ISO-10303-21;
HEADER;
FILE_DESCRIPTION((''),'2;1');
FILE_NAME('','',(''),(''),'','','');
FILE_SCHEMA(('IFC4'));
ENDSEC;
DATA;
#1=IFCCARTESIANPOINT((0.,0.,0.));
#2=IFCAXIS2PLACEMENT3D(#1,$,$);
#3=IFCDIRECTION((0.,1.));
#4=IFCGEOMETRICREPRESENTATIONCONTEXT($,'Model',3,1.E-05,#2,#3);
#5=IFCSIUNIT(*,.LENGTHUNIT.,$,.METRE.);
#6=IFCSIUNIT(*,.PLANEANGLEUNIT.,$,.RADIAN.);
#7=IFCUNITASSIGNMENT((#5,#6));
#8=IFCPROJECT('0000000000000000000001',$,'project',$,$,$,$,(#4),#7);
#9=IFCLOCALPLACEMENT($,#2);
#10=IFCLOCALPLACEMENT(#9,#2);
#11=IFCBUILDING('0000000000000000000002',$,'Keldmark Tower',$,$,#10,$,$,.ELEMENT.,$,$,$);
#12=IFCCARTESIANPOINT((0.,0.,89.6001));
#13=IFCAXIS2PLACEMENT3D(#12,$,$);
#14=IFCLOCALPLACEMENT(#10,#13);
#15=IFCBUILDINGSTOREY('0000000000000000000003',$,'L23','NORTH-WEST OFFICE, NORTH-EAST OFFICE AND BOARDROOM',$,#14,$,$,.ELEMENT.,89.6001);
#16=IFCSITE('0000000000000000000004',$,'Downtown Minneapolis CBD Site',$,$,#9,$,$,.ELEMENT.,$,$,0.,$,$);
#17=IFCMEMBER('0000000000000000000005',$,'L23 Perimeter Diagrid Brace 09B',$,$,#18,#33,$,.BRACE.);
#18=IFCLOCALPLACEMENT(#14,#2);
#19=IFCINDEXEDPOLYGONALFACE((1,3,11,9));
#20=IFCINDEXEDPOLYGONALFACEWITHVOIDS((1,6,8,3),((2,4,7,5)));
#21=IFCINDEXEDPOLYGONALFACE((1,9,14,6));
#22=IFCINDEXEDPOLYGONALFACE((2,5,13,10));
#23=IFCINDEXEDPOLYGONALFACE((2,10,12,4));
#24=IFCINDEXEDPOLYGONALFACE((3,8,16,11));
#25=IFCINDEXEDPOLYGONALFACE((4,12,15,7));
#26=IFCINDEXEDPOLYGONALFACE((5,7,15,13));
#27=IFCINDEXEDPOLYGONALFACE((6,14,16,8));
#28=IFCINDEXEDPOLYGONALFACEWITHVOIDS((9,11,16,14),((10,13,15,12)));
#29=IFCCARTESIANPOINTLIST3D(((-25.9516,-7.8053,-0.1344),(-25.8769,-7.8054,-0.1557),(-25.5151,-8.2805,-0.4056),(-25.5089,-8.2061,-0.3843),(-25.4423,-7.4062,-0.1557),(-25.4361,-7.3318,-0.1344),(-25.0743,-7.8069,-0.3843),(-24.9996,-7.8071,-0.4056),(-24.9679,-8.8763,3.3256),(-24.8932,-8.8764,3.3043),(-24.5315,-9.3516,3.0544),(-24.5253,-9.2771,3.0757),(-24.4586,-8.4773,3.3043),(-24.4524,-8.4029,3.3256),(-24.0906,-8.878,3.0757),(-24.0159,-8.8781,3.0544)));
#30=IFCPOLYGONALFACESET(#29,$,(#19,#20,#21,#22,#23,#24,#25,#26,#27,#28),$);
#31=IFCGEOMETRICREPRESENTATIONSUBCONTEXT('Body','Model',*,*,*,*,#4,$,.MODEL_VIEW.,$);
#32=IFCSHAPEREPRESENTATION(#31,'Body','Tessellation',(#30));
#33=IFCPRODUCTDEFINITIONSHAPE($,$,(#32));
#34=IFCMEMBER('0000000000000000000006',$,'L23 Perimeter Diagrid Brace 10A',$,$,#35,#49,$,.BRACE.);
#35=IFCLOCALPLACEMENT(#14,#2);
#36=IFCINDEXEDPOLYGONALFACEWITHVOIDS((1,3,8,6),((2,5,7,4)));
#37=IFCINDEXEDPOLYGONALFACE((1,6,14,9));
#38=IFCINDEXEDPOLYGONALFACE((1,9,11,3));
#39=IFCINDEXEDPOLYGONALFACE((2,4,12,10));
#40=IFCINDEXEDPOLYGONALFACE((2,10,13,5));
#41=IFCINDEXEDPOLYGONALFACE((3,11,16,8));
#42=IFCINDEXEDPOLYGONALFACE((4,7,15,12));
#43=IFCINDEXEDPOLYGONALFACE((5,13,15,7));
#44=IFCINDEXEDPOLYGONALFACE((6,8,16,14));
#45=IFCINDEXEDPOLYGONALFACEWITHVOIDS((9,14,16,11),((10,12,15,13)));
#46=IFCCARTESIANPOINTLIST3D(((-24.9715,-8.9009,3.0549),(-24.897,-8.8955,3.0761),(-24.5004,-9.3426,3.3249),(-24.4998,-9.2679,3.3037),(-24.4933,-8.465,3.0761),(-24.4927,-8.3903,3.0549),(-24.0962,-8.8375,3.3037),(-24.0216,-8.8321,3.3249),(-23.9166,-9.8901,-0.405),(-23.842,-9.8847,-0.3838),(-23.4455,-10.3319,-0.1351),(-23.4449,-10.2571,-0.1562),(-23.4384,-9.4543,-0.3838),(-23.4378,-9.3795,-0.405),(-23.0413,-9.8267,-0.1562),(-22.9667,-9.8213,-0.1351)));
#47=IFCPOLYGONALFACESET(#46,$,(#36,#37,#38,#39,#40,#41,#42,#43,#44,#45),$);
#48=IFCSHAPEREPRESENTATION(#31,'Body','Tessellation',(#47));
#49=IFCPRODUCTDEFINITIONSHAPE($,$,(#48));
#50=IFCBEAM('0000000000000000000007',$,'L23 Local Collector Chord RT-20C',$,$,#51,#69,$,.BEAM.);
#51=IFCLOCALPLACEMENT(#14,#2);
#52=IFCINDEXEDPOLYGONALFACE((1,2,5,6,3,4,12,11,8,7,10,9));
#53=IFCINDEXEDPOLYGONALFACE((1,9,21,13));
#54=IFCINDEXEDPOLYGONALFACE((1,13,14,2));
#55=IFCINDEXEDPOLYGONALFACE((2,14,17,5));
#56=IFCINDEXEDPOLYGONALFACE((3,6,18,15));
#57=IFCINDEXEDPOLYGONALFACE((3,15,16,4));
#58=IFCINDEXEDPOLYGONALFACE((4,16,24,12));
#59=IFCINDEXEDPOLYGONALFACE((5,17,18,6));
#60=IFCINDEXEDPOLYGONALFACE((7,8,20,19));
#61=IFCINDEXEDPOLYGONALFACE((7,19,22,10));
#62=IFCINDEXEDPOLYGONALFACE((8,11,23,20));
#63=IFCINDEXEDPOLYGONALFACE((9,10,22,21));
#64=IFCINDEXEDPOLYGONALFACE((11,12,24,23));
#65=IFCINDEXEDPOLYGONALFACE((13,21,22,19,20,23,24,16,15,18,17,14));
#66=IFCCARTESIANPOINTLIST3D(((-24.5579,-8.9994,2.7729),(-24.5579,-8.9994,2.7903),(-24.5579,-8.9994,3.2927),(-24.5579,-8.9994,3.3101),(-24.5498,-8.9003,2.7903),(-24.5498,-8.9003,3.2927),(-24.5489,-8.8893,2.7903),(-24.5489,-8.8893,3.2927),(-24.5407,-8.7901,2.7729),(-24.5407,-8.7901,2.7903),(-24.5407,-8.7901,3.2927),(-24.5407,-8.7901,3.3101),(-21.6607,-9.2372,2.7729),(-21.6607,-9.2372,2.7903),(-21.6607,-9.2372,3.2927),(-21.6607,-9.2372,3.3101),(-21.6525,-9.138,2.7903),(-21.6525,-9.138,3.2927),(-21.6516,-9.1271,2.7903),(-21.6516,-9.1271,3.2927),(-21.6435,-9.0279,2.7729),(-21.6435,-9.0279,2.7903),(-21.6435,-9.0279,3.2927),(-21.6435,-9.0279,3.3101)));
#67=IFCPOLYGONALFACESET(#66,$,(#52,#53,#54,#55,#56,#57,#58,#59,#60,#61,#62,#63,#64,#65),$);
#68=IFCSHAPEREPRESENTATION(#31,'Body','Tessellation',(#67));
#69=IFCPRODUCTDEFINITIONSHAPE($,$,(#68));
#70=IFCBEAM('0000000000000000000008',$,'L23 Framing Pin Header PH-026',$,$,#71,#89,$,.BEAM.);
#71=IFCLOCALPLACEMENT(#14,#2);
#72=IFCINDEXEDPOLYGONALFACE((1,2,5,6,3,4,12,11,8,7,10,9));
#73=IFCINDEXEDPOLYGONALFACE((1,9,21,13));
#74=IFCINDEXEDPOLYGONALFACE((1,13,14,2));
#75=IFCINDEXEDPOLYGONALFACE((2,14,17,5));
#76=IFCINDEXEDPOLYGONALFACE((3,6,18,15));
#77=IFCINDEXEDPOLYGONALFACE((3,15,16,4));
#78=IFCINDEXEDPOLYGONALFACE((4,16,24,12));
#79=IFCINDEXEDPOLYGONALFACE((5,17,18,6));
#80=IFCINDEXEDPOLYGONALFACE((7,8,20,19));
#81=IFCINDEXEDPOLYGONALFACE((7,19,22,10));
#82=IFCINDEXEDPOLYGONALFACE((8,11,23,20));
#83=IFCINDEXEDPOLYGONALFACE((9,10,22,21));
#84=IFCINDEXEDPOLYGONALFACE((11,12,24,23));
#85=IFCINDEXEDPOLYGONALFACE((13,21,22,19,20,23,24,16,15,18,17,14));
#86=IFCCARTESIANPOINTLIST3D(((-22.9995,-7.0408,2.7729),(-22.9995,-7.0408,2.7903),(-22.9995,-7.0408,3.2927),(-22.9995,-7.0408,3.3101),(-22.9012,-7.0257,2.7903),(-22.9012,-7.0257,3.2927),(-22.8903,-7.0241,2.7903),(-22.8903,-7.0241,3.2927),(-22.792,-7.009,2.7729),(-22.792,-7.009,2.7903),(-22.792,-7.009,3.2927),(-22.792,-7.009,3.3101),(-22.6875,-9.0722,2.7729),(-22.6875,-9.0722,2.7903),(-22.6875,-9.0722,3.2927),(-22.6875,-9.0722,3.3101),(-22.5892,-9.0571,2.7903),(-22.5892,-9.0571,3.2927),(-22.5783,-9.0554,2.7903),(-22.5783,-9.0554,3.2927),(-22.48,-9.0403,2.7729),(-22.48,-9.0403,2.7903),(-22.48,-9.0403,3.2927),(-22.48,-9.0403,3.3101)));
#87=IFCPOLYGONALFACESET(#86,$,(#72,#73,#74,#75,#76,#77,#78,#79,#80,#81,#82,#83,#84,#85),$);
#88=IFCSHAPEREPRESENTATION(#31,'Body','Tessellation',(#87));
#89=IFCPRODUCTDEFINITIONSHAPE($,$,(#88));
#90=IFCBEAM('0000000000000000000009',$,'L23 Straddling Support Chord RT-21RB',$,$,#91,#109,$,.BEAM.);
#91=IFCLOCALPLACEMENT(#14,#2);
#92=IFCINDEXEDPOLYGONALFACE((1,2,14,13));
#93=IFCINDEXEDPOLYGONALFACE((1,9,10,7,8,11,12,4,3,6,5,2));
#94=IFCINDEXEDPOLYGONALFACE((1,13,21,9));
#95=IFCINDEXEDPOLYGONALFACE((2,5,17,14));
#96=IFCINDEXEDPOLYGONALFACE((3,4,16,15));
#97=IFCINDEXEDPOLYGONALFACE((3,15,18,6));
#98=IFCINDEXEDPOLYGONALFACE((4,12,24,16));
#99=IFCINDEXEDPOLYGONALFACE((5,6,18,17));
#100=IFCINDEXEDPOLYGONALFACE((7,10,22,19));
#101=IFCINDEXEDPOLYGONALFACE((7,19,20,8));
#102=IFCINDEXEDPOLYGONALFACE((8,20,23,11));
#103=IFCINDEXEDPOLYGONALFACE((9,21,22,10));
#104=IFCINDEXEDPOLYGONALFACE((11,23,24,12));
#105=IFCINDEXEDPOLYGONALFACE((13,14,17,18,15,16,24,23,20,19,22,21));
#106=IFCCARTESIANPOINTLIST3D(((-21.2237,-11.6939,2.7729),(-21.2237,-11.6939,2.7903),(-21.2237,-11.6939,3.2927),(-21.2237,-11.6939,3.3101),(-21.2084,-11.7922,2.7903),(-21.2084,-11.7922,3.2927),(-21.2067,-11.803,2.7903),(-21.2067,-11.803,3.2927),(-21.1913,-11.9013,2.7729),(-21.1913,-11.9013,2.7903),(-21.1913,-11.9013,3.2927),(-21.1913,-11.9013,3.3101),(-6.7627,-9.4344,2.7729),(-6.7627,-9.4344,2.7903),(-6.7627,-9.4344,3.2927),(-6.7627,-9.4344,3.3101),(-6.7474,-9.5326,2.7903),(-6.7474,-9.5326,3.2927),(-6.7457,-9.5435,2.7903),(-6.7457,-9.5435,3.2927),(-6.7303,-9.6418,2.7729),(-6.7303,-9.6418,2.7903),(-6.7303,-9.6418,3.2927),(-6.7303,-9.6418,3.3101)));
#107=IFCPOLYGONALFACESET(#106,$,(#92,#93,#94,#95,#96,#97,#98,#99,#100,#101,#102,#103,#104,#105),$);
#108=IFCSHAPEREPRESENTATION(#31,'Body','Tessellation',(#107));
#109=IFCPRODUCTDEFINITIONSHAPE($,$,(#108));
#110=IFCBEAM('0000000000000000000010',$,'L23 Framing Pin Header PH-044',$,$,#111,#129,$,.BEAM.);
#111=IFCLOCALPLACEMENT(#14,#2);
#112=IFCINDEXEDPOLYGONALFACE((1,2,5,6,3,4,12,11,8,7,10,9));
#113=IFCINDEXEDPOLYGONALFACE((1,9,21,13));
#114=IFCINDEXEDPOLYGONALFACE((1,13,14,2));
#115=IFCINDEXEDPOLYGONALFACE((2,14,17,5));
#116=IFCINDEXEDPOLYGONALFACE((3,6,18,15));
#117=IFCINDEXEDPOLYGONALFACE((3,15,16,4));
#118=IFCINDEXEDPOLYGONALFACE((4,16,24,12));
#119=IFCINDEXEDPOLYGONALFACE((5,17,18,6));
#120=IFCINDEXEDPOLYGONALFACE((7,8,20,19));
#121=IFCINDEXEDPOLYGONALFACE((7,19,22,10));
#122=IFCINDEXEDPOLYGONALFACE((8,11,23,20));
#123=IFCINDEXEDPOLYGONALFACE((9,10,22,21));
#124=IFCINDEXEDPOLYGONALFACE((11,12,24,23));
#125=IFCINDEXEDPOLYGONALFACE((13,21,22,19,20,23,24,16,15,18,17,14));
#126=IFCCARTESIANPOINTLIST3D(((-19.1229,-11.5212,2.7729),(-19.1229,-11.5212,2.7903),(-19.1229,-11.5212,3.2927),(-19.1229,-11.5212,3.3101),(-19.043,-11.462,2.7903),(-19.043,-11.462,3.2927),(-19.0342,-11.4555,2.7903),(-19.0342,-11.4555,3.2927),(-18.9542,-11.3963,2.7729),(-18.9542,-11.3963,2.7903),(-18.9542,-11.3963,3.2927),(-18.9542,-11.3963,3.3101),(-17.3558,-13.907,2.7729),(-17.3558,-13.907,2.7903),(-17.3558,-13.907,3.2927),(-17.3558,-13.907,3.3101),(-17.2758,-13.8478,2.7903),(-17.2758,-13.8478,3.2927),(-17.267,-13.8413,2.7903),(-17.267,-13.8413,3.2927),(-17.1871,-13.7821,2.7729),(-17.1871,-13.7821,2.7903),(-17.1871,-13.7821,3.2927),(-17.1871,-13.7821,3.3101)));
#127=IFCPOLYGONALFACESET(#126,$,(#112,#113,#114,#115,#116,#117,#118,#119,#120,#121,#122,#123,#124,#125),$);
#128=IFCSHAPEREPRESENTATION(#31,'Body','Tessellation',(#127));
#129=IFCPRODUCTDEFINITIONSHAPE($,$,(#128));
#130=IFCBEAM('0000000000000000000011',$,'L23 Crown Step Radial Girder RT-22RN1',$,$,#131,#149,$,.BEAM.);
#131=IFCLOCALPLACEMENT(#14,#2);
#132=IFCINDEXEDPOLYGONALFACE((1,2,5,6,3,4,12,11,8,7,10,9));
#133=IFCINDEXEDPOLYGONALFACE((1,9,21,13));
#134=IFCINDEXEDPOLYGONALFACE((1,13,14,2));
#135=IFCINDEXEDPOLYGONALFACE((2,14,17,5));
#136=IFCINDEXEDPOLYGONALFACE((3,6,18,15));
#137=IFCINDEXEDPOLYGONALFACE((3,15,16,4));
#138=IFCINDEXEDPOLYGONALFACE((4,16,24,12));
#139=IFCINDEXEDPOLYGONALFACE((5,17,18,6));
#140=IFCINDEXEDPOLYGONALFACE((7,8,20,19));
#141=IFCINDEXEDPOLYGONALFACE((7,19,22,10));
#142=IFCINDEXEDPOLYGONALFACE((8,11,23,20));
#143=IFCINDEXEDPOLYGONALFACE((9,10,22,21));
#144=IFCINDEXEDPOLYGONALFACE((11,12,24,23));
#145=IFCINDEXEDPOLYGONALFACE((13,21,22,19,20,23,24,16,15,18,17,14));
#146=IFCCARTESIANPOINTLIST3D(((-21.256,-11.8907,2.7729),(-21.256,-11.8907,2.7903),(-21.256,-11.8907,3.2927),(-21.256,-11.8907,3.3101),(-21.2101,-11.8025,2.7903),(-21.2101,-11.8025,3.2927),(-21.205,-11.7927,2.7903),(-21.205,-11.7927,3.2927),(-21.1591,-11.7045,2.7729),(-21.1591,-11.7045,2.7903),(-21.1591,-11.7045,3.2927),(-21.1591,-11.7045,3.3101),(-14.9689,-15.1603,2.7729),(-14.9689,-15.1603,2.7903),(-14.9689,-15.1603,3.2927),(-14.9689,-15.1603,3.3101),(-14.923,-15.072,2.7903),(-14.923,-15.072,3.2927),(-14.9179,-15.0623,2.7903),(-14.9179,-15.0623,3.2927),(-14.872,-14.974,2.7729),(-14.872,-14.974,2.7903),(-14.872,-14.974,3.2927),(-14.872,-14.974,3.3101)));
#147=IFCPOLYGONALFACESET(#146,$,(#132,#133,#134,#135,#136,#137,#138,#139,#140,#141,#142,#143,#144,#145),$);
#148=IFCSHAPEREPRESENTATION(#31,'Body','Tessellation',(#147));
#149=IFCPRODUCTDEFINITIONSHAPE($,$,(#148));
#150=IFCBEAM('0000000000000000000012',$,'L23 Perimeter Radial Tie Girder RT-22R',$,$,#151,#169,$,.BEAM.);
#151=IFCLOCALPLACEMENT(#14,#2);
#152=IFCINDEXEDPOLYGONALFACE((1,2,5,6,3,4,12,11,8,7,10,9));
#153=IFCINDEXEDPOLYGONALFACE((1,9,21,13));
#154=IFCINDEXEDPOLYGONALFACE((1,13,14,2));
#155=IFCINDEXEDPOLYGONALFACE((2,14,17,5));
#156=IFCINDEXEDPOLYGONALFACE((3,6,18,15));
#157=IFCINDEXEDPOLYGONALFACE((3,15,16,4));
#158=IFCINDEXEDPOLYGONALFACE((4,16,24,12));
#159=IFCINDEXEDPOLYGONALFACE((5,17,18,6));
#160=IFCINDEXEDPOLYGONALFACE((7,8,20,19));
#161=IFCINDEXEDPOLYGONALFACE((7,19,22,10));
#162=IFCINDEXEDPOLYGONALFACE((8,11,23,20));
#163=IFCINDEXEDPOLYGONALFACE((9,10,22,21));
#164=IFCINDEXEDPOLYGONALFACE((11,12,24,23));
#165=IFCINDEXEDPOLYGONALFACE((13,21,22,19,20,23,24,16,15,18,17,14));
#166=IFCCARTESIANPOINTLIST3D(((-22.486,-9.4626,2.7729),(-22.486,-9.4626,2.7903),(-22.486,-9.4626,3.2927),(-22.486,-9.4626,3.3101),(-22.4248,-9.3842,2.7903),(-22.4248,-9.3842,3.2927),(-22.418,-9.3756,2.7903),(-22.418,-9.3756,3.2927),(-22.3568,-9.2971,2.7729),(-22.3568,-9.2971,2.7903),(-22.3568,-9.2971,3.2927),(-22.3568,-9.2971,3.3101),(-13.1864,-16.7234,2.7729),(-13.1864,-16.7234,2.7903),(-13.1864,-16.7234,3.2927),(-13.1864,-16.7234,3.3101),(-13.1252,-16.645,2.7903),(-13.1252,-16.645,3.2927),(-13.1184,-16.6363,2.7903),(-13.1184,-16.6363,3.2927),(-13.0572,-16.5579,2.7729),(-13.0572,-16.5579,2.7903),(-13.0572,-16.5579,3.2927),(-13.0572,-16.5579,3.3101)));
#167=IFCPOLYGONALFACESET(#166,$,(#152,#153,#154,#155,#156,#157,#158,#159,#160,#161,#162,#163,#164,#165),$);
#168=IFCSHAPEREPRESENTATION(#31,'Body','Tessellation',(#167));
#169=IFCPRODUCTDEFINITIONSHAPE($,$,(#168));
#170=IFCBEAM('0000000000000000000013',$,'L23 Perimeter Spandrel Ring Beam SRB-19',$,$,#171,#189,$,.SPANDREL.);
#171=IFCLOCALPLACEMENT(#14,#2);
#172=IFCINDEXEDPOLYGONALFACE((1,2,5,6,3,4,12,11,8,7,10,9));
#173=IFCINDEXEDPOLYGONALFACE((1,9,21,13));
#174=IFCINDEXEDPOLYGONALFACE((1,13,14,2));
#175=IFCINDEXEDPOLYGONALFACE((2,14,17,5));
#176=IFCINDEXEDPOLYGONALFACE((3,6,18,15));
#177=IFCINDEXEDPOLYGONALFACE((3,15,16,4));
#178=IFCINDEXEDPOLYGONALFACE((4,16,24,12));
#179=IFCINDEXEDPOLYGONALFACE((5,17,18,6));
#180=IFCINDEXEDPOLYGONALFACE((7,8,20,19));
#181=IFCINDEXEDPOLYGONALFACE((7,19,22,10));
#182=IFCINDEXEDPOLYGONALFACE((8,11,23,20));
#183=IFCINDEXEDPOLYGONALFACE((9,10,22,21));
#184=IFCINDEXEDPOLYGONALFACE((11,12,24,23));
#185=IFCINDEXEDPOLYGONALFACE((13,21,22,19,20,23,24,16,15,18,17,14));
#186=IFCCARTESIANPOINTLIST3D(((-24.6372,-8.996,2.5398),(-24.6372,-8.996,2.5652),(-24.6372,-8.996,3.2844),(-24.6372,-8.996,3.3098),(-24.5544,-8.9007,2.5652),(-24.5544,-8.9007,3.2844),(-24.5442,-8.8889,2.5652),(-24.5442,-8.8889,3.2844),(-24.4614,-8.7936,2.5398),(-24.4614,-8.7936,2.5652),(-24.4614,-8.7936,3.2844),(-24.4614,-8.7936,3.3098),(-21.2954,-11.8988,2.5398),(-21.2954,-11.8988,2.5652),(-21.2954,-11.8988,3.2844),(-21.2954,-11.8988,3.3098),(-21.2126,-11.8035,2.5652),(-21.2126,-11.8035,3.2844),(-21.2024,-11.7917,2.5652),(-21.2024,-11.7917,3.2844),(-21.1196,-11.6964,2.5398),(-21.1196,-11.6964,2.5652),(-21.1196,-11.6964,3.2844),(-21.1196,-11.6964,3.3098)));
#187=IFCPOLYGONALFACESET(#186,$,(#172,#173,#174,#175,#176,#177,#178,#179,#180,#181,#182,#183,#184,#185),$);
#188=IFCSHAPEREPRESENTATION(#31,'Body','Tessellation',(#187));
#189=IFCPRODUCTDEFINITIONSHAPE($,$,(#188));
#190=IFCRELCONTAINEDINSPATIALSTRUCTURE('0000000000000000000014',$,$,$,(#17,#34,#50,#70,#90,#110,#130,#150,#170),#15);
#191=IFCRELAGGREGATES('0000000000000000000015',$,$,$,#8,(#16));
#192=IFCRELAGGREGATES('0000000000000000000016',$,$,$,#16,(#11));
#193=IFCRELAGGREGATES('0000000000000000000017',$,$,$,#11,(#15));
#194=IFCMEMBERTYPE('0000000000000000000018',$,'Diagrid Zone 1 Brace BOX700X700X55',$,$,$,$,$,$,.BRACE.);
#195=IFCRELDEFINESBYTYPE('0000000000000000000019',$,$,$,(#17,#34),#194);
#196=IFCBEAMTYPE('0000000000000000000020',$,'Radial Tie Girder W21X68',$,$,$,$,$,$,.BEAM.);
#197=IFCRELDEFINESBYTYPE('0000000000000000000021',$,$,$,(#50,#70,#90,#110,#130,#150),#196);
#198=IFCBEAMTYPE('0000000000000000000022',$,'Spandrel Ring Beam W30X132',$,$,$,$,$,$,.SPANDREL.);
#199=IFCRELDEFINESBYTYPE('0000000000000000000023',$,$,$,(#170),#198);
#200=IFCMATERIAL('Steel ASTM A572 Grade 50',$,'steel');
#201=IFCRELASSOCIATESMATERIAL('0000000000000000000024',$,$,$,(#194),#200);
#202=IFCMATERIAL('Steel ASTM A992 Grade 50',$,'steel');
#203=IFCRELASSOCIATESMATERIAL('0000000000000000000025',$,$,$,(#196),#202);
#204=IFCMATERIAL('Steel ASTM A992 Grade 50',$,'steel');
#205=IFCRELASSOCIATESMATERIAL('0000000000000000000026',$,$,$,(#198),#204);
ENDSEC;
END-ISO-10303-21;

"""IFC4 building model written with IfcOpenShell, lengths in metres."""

from ifc_helpers import new_model, si_unit, direction, frame, origin, origin_2d, place, context, subcontext, project, spatial, hollow_rectangle, i_section, extrude, material, material_profile, profile_set, type_object, element, save


model = new_model("IFC4")

# Units and contexts
model_context = context("Model", 3, precision=1e-05, world=origin(), true_north=direction((0.0, 1.0)))
body_context = subcontext(model_context, "Body", "Model", "MODEL_VIEW")
ifc_project = project(units=[si_unit("LENGTHUNIT", "METRE"), si_unit("PLANEANGLEUNIT", "RADIAN")], contexts=[model_context])

# Site, building, storey
site_placement = place(None, origin())
site = spatial("IfcSite", under=ifc_project, at=site_placement, Name="Downtown Minneapolis CBD Site", CompositionType="ELEMENT", RefElevation=0.0)
building_placement = place(site_placement, origin())
building = spatial("IfcBuilding", under=site, at=building_placement, Name="Keldmark Tower", CompositionType="ELEMENT")
storey_placement = place(building_placement, frame((0.0, 0.0, 89.6001)))
storey = spatial("IfcBuildingStorey", under=building, at=storey_placement, Name="L23", Description="NORTH-WEST OFFICE, NORTH-EAST OFFICE AND BOARDROOM", CompositionType="ELEMENT", Elevation=89.6001)

# Members
ifc_material_1 = material(Name="Steel ASTM A572 Grade 50", Category="steel")
ifc_material_profile_1 = material_profile(ifc_material_1, hollow_rectangle(XDim=0.7, YDim=0.7, WallThickness=0.0549, at=origin_2d()), Name="BOX700X700X55")
ifc_profile_set_1 = profile_set([ifc_material_profile_1], Name="Steel ASTM A572 Grade 50")
member_type = type_object("IfcMemberType", Name="Diagrid Zone 1 Brace BOX700X700X55", PredefinedType="BRACE", material=ifc_profile_set_1)
member_1_placement = place(storey_placement, frame((-25.4756, -7.8062, -0.27), z_axis=(0.262086, -0.285373, 0.921886), x_axis=(0.73652, 0.676416, 0.0)))
element("IfcMember", 1, at=member_1_placement, inside=storey, type_object=member_type, Name="L23 Perimeter Diagrid Brace 09B", PredefinedType="BRACE", context=body_context, shape_type="SweptSolid", body=[
    extrude(hollow_rectangle(XDim=0.7, YDim=0.7, WallThickness=0.0549, at=origin_2d()), origin(), (0.0, 0.0, 1.0), 3.7532),
])
member_2_placement = place(storey_placement, frame((-23.4417, -9.8557, -0.27), z_axis=(-0.281312, 0.263799, 0.922645), x_axis=(-0.684037, -0.729448, 0.0)))
element("IfcMember", 2, at=member_2_placement, inside=storey, type_object=member_type, Name="L23 Perimeter Diagrid Brace 10A", PredefinedType="BRACE", context=body_context, shape_type="SweptSolid", body=[
    extrude(hollow_rectangle(XDim=0.7, YDim=0.7, WallThickness=0.0549, at=origin_2d()), origin(), (0.0, 0.0, 1.0), 3.75),
])

# Beams
ifc_material_2 = material(Name="Steel ASTM A992 Grade 50", Category="steel")
ifc_material_profile_2 = material_profile(ifc_material_2, i_section(OverallWidth=0.21, OverallDepth=0.5371, WebThickness=0.011, FlangeThickness=0.0173, at=origin_2d()), Name="W21X68")
ifc_profile_set_2 = profile_set([ifc_material_profile_2], Name="Steel ASTM A992 Grade 50")
beam_type_1 = type_object("IfcBeamType", Name="Radial Tie Girder W21X68", PredefinedType="BEAM", material=ifc_profile_set_2)
beam_1_placement = place(storey_placement, frame((-24.5493, -8.8948, 3.0415), z_axis=(0.996649, -0.081801, 0.0), x_axis=(0.081801, 0.996649, 0.0)))
element("IfcBeam", 3, at=beam_1_placement, inside=storey, type_object=beam_type_1, Name="L23 Local Collector Chord RT-20C", PredefinedType="BEAM", context=body_context, shape_type="SweptSolid", body=[
    extrude(i_section(OverallWidth=0.21, OverallDepth=0.5371, WebThickness=0.011, FlangeThickness=0.0173, at=origin_2d()), origin(), (0.0, 0.0, 1.0), 2.907),
])
beam_2_placement = place(storey_placement, frame((-22.8958, -7.0249, 3.0415), z_axis=(0.151825, -0.988407, 0.0), x_axis=(0.988407, 0.151825, 0.0)))
element("IfcBeam", 4, at=beam_2_placement, inside=storey, type_object=beam_type_1, Name="L23 Framing Pin Header PH-026", PredefinedType="BEAM", context=body_context, shape_type="SweptSolid", body=[
    extrude(i_section(OverallWidth=0.21, OverallDepth=0.5371, WebThickness=0.011, FlangeThickness=0.0173, at=origin_2d()), origin(), (0.0, 0.0, 1.0), 2.0552),
])
beam_3_placement = place(storey_placement, frame((-21.2075, -11.7976, 3.0415), z_axis=(0.988012, 0.154377, 0.0), x_axis=(-0.154377, 0.988012, 0.0)))
element("IfcBeam", 5, at=beam_3_placement, inside=storey, type_object=beam_type_1, Name="L23 Straddling Support Chord RT-21RB", PredefinedType="BEAM", context=body_context, shape_type="SweptSolid", body=[
    extrude(i_section(OverallWidth=0.21, OverallDepth=0.5371, WebThickness=0.011, FlangeThickness=0.0173, at=origin_2d()), origin(), (0.0, 0.0, 1.0), 14.6365),
])
beam_4_placement = place(storey_placement, frame((-19.0386, -11.4587, 3.0415), z_axis=(0.5952, -0.803578, 0.0), x_axis=(0.803578, 0.5952, 0.0)))
element("IfcBeam", 6, at=beam_4_placement, inside=storey, type_object=beam_type_1, Name="L23 Framing Pin Header PH-044", PredefinedType="BEAM", context=body_context, shape_type="SweptSolid", body=[
    extrude(i_section(OverallWidth=0.21, OverallDepth=0.5371, WebThickness=0.011, FlangeThickness=0.0173, at=origin_2d()), origin(), (0.0, 0.0, 1.0), 2.969),
])
beam_5_placement = place(storey_placement, frame((-21.2075, -11.7976, 3.0415), z_axis=(0.887203, -0.461379, 0.0), x_axis=(0.461379, 0.887203, 0.0)))
element("IfcBeam", 7, at=beam_5_placement, inside=storey, type_object=beam_type_1, Name="L23 Crown Step Radial Girder RT-22RN1", PredefinedType="BEAM", context=body_context, shape_type="SweptSolid", body=[
    extrude(i_section(OverallWidth=0.21, OverallDepth=0.5371, WebThickness=0.011, FlangeThickness=0.0173, at=origin_2d()), origin(), (0.0, 0.0, 1.0), 7.0864),
])
beam_6_placement = place(storey_placement, frame((-22.4214, -9.3799, 3.0415), z_axis=(0.788211, -0.615405, 0.0), x_axis=(0.615405, 0.788211, 0.0)))
element("IfcBeam", 8, at=beam_6_placement, inside=storey, type_object=beam_type_1, Name="L23 Perimeter Radial Tie Girder RT-22R", PredefinedType="BEAM", context=body_context, shape_type="SweptSolid", body=[
    extrude(i_section(OverallWidth=0.21, OverallDepth=0.5371, WebThickness=0.011, FlangeThickness=0.0173, at=origin_2d()), origin(), (0.0, 0.0, 1.0), 11.7983),
])
ifc_material_3 = material(Name="Steel ASTM A992 Grade 50", Category="steel")
ifc_material_profile_3 = material_profile(ifc_material_3, i_section(OverallWidth=0.2681, OverallDepth=0.77, WebThickness=0.0156, FlangeThickness=0.0254, at=origin_2d()), Name="W30X132")
ifc_profile_set_3 = profile_set([ifc_material_profile_3], Name="Steel ASTM A992 Grade 50")
beam_type_2 = type_object("IfcBeamType", Name="Spandrel Ring Beam W30X132", PredefinedType="SPANDREL", material=ifc_profile_set_3)
beam_7_placement = place(storey_placement, frame((-24.5493, -8.8948, 2.9248), z_axis=(0.75495, -0.655783, 0.0), x_axis=(0.655783, 0.75495, 0.0)))
element("IfcBeam", 9, at=beam_7_placement, inside=storey, type_object=beam_type_2, Name="L23 Perimeter Spandrel Ring Beam SRB-19", PredefinedType="SPANDREL", context=body_context, shape_type="SweptSolid", body=[
    extrude(i_section(OverallWidth=0.2681, OverallDepth=0.77, WebThickness=0.0156, FlangeThickness=0.0254, at=origin_2d()), origin(), (0.0, 0.0, 1.0), 4.4265),
])

save(model, "model.ifc")
